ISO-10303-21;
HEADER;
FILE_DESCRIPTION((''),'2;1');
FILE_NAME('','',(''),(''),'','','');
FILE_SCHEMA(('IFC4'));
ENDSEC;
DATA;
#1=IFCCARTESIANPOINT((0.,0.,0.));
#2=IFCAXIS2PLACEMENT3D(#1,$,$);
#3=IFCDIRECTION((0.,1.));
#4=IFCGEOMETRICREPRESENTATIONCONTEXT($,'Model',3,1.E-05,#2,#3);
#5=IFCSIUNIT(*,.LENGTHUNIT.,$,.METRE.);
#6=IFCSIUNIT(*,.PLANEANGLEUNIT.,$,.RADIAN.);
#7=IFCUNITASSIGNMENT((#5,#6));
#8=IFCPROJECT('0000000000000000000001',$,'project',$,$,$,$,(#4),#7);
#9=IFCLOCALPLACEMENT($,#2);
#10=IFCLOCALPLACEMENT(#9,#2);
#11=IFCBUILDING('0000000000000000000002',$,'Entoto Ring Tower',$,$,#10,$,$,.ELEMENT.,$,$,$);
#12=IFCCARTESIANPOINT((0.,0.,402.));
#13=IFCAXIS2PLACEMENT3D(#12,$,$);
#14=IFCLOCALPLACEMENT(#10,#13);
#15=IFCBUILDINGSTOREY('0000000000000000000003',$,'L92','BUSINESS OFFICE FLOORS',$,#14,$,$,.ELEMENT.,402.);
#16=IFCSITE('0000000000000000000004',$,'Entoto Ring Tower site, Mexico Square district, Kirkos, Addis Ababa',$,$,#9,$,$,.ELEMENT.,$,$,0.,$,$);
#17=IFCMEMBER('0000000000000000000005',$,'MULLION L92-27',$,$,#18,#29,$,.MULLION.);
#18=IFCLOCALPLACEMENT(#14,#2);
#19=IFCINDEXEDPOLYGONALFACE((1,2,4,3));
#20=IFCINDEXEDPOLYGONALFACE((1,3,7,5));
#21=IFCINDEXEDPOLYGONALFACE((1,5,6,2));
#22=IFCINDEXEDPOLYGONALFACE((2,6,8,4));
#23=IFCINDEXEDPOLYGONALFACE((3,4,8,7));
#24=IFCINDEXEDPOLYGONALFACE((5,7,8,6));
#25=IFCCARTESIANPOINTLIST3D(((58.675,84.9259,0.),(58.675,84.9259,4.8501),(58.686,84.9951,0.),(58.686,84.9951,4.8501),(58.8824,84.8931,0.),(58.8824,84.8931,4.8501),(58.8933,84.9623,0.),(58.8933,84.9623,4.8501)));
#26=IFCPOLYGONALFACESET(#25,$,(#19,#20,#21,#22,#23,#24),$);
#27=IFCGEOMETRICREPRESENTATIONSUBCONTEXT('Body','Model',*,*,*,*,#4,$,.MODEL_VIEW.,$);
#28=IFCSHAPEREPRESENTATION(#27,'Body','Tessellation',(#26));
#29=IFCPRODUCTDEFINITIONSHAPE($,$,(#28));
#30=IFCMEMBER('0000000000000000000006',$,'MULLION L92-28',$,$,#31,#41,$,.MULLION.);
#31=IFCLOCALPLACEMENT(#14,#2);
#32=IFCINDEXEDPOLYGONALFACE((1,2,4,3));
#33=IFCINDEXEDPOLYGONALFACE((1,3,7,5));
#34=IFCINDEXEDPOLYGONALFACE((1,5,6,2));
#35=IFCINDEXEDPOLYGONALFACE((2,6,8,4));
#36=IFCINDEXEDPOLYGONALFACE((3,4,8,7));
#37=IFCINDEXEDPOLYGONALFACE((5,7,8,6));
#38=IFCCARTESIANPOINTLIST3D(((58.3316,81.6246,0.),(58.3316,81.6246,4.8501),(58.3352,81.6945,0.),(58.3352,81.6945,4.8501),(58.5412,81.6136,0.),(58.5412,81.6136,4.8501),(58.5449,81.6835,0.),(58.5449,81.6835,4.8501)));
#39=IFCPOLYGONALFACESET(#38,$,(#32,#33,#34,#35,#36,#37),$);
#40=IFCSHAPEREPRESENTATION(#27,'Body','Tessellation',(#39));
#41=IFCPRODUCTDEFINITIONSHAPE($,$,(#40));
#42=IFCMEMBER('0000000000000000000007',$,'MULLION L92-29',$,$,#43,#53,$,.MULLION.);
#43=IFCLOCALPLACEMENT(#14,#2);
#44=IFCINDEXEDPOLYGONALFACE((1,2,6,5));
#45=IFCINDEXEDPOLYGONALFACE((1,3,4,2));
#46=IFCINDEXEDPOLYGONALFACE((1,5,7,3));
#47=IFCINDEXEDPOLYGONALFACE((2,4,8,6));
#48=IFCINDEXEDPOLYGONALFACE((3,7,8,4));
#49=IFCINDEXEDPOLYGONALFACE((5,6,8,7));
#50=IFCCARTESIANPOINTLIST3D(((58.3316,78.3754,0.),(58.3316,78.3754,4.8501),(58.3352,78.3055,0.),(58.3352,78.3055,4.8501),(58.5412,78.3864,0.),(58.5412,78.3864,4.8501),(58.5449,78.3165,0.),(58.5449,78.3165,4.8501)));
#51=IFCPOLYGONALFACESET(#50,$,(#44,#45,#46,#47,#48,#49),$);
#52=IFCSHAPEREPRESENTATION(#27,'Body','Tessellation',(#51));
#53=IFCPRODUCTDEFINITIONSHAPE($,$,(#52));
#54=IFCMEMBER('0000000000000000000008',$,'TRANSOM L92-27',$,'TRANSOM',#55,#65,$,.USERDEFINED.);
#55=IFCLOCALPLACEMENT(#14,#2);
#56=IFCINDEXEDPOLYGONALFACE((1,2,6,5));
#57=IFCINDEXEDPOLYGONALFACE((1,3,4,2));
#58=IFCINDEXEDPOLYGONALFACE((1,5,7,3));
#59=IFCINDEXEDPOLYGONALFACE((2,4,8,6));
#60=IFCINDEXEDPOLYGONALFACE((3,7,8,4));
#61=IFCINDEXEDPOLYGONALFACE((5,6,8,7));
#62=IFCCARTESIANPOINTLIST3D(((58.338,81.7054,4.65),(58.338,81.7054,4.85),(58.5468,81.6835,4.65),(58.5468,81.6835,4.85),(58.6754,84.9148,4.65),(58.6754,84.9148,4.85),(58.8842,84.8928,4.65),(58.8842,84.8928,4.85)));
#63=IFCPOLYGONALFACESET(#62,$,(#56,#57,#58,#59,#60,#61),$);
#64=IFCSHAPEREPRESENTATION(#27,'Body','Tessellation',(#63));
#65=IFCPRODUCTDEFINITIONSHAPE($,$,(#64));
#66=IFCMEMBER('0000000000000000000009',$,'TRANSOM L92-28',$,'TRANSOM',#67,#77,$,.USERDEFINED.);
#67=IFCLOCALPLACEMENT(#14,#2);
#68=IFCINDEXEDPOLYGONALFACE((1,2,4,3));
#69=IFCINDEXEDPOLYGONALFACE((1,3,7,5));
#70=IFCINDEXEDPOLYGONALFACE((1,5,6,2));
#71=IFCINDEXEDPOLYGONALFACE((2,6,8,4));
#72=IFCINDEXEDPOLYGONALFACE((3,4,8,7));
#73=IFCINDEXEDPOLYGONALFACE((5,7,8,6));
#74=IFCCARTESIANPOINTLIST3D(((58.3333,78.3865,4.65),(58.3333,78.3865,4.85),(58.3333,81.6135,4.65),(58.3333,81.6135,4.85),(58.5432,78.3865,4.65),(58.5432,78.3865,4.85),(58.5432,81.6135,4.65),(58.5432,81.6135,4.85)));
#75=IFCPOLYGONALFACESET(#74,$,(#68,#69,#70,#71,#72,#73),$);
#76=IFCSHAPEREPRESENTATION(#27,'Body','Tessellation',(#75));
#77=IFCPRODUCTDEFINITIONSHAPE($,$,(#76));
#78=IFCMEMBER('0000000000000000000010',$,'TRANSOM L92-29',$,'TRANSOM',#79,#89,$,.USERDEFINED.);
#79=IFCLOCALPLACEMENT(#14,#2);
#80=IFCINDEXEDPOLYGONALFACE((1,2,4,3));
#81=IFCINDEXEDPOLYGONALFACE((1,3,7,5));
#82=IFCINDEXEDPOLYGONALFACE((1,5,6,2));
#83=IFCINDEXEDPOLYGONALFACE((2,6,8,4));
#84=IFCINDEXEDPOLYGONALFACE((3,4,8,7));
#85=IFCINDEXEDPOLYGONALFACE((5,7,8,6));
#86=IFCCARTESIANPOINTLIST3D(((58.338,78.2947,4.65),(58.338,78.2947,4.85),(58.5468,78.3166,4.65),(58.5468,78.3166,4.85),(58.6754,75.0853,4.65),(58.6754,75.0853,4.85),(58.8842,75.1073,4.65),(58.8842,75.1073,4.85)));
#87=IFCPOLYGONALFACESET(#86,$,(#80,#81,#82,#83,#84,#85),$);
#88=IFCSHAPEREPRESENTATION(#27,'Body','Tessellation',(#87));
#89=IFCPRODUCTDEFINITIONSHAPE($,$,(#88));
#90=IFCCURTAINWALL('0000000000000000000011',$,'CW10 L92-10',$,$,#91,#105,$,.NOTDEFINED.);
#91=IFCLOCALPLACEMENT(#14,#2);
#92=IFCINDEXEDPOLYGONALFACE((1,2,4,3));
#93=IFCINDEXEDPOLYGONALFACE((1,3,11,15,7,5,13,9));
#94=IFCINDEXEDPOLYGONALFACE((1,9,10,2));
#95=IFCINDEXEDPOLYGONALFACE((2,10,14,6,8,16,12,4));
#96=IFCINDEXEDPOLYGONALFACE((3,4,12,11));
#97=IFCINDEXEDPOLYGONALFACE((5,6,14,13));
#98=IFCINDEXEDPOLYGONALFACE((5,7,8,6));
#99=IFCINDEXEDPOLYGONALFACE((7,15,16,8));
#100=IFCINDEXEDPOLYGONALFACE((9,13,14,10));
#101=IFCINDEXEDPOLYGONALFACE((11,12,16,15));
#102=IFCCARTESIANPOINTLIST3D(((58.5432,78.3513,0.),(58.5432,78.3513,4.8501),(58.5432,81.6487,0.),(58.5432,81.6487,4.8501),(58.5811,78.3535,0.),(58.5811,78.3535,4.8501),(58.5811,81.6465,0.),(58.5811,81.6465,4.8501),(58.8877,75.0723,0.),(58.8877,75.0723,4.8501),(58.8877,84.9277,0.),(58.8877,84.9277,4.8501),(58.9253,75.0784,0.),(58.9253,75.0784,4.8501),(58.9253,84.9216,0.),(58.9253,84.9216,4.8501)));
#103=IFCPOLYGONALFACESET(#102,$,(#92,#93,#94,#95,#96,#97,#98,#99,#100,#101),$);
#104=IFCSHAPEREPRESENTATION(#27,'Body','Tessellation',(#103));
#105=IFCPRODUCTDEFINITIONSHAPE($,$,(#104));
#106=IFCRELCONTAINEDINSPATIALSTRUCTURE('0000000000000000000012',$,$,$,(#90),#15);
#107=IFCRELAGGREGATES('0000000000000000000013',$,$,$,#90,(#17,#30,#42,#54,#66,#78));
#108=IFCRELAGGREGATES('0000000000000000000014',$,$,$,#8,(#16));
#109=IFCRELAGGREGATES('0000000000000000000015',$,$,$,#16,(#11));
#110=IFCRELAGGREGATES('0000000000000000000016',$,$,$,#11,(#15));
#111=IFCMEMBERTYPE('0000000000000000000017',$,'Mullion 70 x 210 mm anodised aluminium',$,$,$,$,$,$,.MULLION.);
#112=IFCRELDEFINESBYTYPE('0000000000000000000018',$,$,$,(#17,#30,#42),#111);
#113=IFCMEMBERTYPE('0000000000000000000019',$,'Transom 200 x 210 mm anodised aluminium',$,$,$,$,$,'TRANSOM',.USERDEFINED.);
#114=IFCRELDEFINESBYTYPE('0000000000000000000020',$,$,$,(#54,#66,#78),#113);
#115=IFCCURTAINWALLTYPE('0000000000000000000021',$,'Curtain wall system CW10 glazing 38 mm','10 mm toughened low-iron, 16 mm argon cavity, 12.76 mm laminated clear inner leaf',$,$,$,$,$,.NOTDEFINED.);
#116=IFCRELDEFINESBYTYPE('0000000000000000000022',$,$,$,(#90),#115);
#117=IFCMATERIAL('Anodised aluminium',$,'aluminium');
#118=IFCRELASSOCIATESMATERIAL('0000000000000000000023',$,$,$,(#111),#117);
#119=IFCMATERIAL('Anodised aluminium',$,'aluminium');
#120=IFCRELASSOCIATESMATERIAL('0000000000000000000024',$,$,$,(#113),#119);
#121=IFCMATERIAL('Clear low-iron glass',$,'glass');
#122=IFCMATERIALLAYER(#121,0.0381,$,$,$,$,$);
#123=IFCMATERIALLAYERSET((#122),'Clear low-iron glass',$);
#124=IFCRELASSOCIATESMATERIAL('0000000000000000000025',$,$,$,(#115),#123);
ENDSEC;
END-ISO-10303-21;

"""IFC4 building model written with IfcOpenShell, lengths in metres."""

from ifc_helpers import new_model, si_unit, direction, frame, origin, origin_2d, place, context, subcontext, project, spatial, polyline, rectangle, outline, extrude, material, layer, layer_set, material_profile, profile_set, type_object, element, aggregate, save


model = new_model("IFC4")

# Units and contexts
model_context = context("Model", 3, precision=1e-05, world=origin(), true_north=direction((0.0, 1.0)))
body_context = subcontext(model_context, "Body", "Model", "MODEL_VIEW")
ifc_project = project(units=[si_unit("LENGTHUNIT", "METRE"), si_unit("PLANEANGLEUNIT", "RADIAN")], contexts=[model_context])

# Members
ifc_material_1 = material(Name="Anodised aluminium", Category="aluminium")
ifc_material_profile_1 = material_profile(ifc_material_1, rectangle(XDim=0.0701, YDim=0.21, at=origin_2d()), Name="Mullion 70 x 210 mm anodised aluminium")
ifc_profile_set_1 = profile_set([ifc_material_profile_1], Name="Anodised aluminium")
member_type_1 = type_object("IfcMemberType", Name="Mullion 70 x 210 mm anodised aluminium", PredefinedType="MULLION", material=ifc_profile_set_1)
site_placement = place(None, origin())
building_placement = place(site_placement, origin())
storey_placement = place(building_placement, frame((0.0, 0.0, 402.0)))
member_1_placement = place(storey_placement, frame((58.7842, 84.9441, 0.0), z_axis=(0.0, 0.0, 1.0), x_axis=(-0.156434, -0.987688, 0.0)))
member_1 = element("IfcMember", 1, at=member_1_placement, type_object=member_type_1, Name="MULLION L92-27", PredefinedType="MULLION", context=body_context, shape_type="SweptSolid", body=[
    extrude(rectangle(XDim=0.0701, YDim=0.21, at=origin_2d()), origin(), (0.0, 0.0, 1.0), 4.8501),
])
member_2_placement = place(storey_placement, frame((58.4382, 81.6541, 0.0), z_axis=(0.0, 0.0, 1.0), x_axis=(-0.052336, -0.99863, 0.0)))
member_2 = element("IfcMember", 2, at=member_2_placement, type_object=member_type_1, Name="MULLION L92-28", PredefinedType="MULLION", context=body_context, shape_type="SweptSolid", body=[
    extrude(rectangle(XDim=0.0701, YDim=0.21, at=origin_2d()), origin(), (0.0, 0.0, 1.0), 4.8501),
])
member_3_placement = place(storey_placement, frame((58.4382, 78.3459, 0.0), z_axis=(0.0, 0.0, 1.0), x_axis=(0.052336, -0.99863, 0.0)))
member_3 = element("IfcMember", 3, at=member_3_placement, type_object=member_type_1, Name="MULLION L92-29", PredefinedType="MULLION", context=body_context, shape_type="SweptSolid", body=[
    extrude(rectangle(XDim=0.0701, YDim=0.21, at=origin_2d()), origin(), (0.0, 0.0, 1.0), 4.8501),
])
ifc_material_2 = material(Name="Anodised aluminium", Category="aluminium")
ifc_material_profile_2 = material_profile(ifc_material_2, rectangle(XDim=0.21, YDim=0.2, at=origin_2d()), Name="Transom 200 x 210 mm anodised aluminium")
ifc_profile_set_2 = profile_set([ifc_material_profile_2], Name="Anodised aluminium")
member_type_2 = type_object("IfcMemberType", Name="Transom 200 x 210 mm anodised aluminium", ElementType="TRANSOM", PredefinedType="USERDEFINED", material=ifc_profile_set_2)
member_4_placement = place(storey_placement, frame((58.7798, 84.9038, 4.75), z_axis=(-0.104551, -0.99452, 0.0), x_axis=(0.99452, -0.104551, 0.0)))
member_4 = element("IfcMember", 4, at=member_4_placement, type_object=member_type_2, Name="TRANSOM L92-27", ObjectType="TRANSOM", PredefinedType="USERDEFINED", context=body_context, shape_type="SweptSolid", body=[
    extrude(rectangle(XDim=0.21, YDim=0.2, at=origin_2d()), origin(), (0.0, 0.0, 1.0), 3.2271),
])
member_5_placement = place(storey_placement, frame((58.4382, 81.6135, 4.75), z_axis=(0.0, -1.0, 0.0), x_axis=(1.0, 0.0, 0.0)))
member_5 = element("IfcMember", 5, at=member_5_placement, type_object=member_type_2, Name="TRANSOM L92-28", ObjectType="TRANSOM", PredefinedType="USERDEFINED", context=body_context, shape_type="SweptSolid", body=[
    extrude(rectangle(XDim=0.21, YDim=0.2, at=origin_2d()), origin(), (0.0, 0.0, 1.0), 3.2271),
])
member_6_placement = place(storey_placement, frame((58.4424, 78.3057, 4.75), z_axis=(0.104551, -0.99452, 0.0), x_axis=(0.99452, 0.104551, 0.0)))
member_6 = element("IfcMember", 6, at=member_6_placement, type_object=member_type_2, Name="TRANSOM L92-29", ObjectType="TRANSOM", PredefinedType="USERDEFINED", context=body_context, shape_type="SweptSolid", body=[
    extrude(rectangle(XDim=0.21, YDim=0.2, at=origin_2d()), origin(), (0.0, 0.0, 1.0), 3.2271),
])

# Site, building, storey
site = spatial("IfcSite", under=ifc_project, at=site_placement, Name="Entoto Ring Tower site, Mexico Square district, Kirkos, Addis Ababa", CompositionType="ELEMENT", RefElevation=0.0)
building = spatial("IfcBuilding", under=site, at=building_placement, Name="Entoto Ring Tower", CompositionType="ELEMENT")
storey = spatial("IfcBuildingStorey", under=building, at=storey_placement, Name="L92", Description="BUSINESS OFFICE FLOORS", CompositionType="ELEMENT", Elevation=402.0)

# Curtain wall
ifc_material_3 = material(Name="Clear low-iron glass", Category="glass")
ifc_layer = layer(ifc_material_3, 0.0381)
ifc_layer_set = layer_set([ifc_layer], Name="Clear low-iron glass")
curtain_wall_type = type_object("IfcCurtainWallType", Name="Curtain wall system CW10 glazing 38 mm", Description="10 mm toughened low-iron, 16 mm argon cavity, 12.76 mm laminated clear inner leaf", PredefinedType="NOTDEFINED", material=ifc_layer_set)
curtain_wall_1_placement = place(storey_placement, origin())
curtain_wall_1 = element("IfcCurtainWall", 7, at=curtain_wall_1_placement, inside=storey, type_object=curtain_wall_type, Name="CW10 L92-10", PredefinedType="NOTDEFINED", context=body_context, shape_type="SweptSolid", body=[
    extrude(outline(polyline([(58.8877, 84.9277), (58.5432, 81.6487), (58.5432, 78.3513), (58.8877, 75.0723), (58.9253, 75.0784), (58.5811, 78.3535), (58.5811, 81.6465), (58.9253, 84.9216), (58.8877, 84.9277)])), origin(), (0.0, 0.0, 1.0), 4.8501),
])
aggregate(curtain_wall_1, [member_1, member_2, member_3, member_4, member_5, member_6])

save(model, "model.ifc")
